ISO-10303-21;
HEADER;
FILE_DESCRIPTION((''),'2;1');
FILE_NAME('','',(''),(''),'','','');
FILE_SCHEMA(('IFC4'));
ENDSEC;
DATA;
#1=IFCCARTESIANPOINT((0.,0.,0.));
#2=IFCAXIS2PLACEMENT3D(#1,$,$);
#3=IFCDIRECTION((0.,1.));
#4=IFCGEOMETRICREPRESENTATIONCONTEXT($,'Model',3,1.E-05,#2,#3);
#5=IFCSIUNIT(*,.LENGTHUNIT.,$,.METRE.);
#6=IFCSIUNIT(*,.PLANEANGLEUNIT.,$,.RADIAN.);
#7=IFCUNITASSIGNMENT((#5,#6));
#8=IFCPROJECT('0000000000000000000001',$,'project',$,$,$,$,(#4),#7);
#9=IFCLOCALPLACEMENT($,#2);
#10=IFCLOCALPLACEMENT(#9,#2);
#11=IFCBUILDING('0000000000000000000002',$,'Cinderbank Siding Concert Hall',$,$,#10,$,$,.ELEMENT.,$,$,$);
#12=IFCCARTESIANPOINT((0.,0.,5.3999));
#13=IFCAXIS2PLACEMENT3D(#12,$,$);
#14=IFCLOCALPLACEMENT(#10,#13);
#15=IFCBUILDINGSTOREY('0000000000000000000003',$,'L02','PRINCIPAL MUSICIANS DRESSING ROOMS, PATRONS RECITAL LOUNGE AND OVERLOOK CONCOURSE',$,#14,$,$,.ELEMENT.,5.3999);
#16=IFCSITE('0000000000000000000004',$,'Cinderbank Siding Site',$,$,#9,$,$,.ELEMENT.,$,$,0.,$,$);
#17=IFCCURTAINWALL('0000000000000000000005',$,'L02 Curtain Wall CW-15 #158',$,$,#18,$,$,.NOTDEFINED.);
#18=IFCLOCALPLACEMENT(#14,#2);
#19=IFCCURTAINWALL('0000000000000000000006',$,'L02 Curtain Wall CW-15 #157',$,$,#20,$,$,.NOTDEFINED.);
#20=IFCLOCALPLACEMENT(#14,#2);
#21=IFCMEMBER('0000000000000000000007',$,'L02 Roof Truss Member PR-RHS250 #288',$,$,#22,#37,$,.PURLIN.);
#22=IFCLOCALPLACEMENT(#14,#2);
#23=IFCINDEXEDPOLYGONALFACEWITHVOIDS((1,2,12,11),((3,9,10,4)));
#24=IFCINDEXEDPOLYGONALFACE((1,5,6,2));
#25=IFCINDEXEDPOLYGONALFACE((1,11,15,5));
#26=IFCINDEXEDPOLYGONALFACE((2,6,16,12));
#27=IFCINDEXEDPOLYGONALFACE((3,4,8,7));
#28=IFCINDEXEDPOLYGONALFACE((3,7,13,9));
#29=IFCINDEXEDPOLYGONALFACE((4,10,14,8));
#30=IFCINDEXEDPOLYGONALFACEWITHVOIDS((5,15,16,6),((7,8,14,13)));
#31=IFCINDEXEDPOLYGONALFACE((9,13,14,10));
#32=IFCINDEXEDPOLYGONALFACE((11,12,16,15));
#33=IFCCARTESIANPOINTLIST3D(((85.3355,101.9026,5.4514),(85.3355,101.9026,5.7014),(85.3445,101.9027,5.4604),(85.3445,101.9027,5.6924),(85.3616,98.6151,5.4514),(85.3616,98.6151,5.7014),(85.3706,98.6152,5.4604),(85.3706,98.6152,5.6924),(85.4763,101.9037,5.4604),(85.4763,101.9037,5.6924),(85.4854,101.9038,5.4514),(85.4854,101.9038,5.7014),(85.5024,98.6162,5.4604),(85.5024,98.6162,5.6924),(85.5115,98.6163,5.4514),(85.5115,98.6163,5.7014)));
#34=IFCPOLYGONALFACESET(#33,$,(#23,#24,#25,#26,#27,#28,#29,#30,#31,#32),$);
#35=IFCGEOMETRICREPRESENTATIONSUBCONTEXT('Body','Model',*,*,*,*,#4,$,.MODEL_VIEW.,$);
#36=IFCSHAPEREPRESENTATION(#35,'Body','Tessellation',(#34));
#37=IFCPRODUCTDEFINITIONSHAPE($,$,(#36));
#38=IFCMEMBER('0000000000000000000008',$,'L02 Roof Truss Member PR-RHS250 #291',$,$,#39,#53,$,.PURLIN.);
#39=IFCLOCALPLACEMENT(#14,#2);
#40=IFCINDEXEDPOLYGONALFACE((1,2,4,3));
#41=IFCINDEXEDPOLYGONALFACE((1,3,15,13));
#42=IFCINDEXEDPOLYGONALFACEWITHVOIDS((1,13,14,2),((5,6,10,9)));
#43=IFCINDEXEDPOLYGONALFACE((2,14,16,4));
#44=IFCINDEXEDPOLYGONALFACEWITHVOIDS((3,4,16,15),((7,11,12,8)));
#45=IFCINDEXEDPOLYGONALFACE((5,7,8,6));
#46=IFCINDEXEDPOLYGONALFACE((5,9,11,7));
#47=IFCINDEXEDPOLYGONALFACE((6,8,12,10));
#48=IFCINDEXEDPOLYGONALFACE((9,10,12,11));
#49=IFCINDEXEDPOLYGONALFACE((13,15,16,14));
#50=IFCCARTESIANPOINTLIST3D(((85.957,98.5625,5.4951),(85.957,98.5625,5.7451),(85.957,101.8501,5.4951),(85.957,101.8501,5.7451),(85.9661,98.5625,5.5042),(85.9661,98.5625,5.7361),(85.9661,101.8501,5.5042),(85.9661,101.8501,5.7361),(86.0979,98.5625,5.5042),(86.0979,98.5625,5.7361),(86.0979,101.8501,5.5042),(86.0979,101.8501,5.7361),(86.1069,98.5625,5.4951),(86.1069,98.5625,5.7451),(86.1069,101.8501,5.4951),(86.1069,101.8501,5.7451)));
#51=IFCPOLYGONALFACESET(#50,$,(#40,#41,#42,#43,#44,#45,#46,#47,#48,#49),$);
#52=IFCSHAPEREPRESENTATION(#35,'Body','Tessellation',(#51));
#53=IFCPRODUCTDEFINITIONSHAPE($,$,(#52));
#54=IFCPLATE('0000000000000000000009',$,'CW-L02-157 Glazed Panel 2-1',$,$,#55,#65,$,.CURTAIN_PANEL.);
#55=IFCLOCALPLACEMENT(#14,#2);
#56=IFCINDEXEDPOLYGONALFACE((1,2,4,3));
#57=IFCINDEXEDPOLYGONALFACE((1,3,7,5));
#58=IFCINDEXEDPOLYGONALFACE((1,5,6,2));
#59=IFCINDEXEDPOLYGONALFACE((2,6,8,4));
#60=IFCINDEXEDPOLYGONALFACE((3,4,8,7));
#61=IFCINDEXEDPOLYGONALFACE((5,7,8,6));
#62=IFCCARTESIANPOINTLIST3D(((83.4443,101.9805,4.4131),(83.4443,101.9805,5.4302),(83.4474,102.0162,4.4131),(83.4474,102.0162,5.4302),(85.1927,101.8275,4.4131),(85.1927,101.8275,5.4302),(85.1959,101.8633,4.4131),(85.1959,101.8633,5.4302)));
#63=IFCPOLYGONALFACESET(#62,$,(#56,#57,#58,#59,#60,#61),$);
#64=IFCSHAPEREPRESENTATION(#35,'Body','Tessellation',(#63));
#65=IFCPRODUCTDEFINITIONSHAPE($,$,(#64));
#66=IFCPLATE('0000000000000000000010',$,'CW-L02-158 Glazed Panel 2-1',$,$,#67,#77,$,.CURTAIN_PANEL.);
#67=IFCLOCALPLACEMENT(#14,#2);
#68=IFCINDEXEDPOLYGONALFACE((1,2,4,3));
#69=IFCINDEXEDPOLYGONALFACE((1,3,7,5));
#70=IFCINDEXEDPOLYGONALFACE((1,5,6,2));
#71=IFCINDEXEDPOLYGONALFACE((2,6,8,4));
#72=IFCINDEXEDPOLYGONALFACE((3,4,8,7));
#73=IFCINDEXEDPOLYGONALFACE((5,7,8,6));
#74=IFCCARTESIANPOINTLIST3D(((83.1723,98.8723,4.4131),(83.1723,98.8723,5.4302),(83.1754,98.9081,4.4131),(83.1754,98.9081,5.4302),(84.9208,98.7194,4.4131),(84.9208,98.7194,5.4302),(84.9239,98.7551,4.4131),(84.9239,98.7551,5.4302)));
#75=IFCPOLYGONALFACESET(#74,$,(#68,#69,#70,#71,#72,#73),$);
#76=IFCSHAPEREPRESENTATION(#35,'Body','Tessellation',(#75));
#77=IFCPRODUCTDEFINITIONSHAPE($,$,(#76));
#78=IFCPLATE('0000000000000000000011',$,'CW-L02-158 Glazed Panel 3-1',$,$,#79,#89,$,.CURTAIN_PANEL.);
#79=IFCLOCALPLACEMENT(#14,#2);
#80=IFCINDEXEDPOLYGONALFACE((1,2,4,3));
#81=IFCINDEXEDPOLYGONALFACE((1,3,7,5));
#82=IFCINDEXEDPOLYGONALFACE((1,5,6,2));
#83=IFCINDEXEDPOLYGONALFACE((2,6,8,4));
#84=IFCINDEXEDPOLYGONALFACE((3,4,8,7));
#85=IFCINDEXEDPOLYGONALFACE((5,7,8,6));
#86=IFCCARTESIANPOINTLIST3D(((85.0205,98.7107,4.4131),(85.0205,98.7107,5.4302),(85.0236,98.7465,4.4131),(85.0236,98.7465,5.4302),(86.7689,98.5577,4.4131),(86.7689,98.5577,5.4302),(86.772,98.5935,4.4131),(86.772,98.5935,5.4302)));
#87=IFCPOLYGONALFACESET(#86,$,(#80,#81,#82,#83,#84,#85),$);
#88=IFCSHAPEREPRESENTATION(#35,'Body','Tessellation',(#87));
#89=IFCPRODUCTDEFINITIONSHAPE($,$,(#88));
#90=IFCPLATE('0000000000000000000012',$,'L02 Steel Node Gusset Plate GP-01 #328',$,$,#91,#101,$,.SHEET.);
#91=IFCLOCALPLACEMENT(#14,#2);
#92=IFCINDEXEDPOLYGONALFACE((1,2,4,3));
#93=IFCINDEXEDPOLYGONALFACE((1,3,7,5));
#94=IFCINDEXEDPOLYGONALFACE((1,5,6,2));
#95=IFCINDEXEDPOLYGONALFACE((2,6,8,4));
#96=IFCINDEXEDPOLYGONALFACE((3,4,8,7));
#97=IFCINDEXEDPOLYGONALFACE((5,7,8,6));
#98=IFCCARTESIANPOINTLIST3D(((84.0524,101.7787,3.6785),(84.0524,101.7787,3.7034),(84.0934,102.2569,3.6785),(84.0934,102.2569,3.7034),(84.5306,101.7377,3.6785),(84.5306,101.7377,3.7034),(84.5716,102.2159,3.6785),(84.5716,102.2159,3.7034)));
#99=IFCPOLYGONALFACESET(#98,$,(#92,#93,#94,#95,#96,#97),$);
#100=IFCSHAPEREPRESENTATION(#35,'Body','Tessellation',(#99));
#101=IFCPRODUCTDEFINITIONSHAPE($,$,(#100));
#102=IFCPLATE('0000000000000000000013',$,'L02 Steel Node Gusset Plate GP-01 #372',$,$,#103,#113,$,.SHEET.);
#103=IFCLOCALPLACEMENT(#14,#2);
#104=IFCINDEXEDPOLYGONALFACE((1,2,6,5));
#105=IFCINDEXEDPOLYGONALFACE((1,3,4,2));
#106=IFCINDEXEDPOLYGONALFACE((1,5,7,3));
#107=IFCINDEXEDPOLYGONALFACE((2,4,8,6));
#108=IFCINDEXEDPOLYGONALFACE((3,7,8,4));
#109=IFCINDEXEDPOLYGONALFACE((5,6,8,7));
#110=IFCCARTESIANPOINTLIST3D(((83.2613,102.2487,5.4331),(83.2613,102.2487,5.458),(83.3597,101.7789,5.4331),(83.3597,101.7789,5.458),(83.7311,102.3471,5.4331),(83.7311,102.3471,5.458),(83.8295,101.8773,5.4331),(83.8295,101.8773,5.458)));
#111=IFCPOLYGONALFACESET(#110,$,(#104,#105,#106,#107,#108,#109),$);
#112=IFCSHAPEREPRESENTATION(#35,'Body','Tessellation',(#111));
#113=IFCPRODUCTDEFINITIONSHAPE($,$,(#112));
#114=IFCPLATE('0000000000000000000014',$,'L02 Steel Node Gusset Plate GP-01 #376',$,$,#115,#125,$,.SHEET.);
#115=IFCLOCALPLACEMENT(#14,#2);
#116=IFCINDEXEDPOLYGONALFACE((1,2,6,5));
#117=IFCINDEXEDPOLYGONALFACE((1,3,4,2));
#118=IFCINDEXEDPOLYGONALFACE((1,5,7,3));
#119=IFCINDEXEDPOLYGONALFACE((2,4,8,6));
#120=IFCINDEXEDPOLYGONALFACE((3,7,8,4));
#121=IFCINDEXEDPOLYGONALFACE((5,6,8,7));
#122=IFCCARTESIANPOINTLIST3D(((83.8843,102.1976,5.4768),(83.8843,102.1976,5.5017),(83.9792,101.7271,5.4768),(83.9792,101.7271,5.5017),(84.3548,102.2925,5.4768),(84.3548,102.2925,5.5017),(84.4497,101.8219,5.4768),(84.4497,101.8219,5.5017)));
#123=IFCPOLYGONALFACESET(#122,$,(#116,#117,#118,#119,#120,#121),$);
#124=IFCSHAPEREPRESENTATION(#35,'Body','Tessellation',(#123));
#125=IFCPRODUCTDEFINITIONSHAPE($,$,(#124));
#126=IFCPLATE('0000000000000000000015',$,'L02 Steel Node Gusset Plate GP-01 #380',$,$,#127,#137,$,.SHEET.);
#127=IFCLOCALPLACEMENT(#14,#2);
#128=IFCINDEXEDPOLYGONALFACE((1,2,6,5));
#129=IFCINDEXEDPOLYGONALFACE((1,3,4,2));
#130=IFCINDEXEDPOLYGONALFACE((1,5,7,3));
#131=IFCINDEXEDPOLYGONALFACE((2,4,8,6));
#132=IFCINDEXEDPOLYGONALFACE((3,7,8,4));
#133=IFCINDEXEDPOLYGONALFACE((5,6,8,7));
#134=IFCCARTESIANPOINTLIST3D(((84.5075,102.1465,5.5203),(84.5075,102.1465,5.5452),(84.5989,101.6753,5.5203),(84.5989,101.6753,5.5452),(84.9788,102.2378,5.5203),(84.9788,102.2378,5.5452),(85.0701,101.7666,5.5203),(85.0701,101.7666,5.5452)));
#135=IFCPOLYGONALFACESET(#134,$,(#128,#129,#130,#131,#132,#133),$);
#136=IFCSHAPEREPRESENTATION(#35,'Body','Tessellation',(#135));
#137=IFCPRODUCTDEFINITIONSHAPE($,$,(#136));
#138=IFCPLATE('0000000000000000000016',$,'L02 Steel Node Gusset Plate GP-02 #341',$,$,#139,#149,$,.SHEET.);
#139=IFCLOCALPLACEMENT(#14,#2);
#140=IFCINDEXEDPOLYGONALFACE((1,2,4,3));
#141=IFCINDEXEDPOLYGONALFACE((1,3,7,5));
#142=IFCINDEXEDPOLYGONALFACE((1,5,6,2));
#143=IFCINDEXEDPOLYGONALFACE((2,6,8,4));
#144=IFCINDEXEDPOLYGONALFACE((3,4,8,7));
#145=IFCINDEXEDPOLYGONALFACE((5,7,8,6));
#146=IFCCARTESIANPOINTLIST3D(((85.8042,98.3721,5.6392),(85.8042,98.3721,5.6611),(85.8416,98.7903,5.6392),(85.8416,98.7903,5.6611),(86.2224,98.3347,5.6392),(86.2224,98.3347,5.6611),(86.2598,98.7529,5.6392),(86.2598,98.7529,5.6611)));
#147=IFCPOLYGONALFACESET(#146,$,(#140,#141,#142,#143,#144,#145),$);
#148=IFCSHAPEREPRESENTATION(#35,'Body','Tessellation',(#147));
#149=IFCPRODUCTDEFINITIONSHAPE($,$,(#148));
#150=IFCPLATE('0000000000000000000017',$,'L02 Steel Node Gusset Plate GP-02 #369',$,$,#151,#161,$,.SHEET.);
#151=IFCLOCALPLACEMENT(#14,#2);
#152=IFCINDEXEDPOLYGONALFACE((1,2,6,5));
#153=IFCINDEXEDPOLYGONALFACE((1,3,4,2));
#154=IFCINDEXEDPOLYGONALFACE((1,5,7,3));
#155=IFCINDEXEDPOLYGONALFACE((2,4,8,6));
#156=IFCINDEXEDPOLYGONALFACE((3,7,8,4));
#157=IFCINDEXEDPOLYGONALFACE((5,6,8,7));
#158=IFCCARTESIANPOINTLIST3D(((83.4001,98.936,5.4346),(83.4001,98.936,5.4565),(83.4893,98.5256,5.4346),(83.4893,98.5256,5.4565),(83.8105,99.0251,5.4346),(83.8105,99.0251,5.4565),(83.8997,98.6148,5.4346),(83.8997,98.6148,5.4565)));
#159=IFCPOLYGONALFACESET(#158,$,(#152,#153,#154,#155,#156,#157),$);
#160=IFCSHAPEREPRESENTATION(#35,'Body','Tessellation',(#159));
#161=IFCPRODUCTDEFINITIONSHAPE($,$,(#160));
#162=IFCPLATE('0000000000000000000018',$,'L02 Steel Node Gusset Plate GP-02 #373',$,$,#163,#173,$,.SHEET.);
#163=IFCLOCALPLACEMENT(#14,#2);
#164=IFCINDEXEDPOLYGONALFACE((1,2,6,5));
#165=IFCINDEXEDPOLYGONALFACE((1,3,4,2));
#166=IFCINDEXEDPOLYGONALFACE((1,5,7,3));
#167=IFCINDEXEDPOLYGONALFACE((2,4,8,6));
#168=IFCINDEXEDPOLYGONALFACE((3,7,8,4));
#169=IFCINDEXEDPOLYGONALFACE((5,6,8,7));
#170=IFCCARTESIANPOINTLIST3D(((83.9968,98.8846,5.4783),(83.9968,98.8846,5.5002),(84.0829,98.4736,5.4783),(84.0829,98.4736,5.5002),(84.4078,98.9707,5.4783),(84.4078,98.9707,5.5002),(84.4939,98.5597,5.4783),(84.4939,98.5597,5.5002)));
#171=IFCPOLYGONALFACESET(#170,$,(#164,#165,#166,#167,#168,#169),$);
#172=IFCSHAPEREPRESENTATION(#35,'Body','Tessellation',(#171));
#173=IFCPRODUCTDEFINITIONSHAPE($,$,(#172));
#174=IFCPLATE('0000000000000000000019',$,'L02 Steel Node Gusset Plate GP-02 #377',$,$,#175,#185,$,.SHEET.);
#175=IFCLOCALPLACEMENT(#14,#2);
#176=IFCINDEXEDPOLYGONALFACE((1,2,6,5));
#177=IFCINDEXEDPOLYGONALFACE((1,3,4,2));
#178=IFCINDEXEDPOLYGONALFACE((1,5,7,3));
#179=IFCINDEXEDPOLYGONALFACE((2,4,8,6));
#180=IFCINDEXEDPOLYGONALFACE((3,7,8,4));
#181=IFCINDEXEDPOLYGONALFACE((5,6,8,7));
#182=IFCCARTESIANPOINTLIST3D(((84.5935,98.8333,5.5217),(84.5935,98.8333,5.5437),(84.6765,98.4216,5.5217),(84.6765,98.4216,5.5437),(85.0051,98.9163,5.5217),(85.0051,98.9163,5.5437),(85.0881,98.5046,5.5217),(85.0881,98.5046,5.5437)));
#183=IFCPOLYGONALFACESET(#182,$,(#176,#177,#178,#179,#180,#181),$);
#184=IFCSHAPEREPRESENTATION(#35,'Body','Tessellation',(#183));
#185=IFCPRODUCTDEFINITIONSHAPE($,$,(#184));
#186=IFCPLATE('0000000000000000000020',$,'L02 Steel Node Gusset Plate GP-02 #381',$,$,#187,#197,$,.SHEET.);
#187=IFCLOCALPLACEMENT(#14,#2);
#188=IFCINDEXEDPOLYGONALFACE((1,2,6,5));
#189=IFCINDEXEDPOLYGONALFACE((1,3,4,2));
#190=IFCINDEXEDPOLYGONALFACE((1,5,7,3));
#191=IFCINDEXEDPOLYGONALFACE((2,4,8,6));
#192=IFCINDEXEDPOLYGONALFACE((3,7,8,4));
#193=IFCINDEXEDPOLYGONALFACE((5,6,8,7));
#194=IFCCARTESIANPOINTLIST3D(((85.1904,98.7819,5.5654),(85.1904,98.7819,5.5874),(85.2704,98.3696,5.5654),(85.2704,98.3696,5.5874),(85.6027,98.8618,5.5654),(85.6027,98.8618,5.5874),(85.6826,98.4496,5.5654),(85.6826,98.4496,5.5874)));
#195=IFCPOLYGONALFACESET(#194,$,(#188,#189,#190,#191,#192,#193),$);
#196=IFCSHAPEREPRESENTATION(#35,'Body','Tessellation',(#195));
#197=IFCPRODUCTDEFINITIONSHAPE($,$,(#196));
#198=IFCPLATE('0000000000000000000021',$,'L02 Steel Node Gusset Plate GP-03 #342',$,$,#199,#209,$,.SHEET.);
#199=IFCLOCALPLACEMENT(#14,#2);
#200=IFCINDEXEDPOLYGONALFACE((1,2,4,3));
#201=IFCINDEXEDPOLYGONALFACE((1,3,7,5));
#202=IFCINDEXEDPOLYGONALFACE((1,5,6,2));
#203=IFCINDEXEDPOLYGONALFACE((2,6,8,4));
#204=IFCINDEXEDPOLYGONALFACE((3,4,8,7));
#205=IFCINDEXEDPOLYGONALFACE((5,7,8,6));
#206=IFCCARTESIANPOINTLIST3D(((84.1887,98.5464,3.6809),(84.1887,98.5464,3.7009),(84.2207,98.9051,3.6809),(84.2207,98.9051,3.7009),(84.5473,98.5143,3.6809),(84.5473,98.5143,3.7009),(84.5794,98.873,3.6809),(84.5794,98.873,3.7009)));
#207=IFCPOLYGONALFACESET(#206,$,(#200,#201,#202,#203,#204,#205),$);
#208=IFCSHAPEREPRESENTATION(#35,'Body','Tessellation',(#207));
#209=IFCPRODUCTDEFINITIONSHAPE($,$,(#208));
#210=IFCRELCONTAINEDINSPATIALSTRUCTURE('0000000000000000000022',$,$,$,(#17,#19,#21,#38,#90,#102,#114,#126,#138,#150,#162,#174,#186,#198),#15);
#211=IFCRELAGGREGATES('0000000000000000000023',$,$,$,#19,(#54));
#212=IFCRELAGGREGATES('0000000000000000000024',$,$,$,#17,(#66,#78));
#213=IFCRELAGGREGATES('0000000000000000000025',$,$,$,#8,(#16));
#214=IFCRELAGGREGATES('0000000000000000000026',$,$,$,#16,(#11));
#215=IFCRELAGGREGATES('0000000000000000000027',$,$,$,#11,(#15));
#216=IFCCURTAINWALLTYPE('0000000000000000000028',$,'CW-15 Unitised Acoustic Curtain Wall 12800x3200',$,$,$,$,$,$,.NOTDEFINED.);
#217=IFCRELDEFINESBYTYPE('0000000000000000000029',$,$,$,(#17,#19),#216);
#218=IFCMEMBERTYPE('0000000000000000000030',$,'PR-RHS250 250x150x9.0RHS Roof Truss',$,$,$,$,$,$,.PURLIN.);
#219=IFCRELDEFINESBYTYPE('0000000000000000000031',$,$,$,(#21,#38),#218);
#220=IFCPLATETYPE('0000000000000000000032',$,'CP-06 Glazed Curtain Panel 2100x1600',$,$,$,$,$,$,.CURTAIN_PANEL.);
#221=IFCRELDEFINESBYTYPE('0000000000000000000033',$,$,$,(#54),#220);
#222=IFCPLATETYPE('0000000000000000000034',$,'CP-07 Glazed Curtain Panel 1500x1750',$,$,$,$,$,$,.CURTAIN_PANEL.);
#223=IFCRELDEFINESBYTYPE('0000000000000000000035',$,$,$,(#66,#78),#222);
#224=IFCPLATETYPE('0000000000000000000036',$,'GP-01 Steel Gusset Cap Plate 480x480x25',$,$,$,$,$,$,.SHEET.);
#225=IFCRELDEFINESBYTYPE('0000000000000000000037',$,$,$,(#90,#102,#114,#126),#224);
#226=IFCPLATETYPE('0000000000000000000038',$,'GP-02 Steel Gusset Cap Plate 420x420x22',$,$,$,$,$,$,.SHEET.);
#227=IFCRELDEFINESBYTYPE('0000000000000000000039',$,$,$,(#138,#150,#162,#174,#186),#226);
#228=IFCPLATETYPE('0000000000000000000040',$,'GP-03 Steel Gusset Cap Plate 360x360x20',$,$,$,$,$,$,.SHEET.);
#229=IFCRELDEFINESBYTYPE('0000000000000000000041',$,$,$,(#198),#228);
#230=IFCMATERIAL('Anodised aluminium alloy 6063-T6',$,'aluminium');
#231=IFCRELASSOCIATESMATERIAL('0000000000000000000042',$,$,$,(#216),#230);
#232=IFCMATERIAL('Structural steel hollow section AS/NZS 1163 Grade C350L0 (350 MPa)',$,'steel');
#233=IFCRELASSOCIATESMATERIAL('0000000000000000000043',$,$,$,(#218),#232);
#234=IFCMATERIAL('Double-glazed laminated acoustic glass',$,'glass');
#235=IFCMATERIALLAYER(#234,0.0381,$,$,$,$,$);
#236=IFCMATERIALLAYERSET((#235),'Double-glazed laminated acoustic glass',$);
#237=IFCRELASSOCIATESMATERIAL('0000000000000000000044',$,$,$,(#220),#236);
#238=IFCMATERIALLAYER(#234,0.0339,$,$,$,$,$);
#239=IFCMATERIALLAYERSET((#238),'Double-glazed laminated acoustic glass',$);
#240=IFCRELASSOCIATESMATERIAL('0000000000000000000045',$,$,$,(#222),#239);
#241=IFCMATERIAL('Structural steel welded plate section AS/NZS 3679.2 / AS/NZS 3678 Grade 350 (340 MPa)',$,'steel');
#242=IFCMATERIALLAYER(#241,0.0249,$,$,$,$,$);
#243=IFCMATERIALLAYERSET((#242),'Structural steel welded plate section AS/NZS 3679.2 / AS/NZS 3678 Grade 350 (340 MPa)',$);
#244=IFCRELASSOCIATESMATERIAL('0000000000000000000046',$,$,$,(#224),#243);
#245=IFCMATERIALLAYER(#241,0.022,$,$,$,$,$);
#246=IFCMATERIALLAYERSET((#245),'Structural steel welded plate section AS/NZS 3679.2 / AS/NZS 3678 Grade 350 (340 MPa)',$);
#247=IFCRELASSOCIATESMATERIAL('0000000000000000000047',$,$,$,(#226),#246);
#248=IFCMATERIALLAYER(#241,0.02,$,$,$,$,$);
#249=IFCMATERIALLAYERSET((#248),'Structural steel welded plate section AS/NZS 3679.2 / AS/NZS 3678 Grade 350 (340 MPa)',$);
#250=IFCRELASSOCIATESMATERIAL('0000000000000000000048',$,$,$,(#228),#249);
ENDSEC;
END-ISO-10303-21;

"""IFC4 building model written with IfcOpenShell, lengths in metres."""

from ifc_helpers import new_model, si_unit, direction, frame, origin, origin_2d, place, context, subcontext, project, spatial, rectangle, hollow_rectangle, extrude, material, layer, layer_set, material_profile, profile_set, type_object, element, aggregate, save


model = new_model("IFC4")

# Units and contexts
model_context = context("Model", 3, precision=1e-05, world=origin(), true_north=direction((0.0, 1.0)))
body_context = subcontext(model_context, "Body", "Model", "MODEL_VIEW")
ifc_project = project(units=[si_unit("LENGTHUNIT", "METRE"), si_unit("PLANEANGLEUNIT", "RADIAN")], contexts=[model_context])

# Site, building, storey
site_placement = place(None, origin())
site = spatial("IfcSite", under=ifc_project, at=site_placement, Name="Cinderbank Siding Site", CompositionType="ELEMENT", RefElevation=0.0)
building_placement = place(site_placement, origin())
building = spatial("IfcBuilding", under=site, at=building_placement, Name="Cinderbank Siding Concert Hall", CompositionType="ELEMENT")
storey_placement = place(building_placement, frame((0.0, 0.0, 5.3999)))
storey = spatial("IfcBuildingStorey", under=building, at=storey_placement, Name="L02", Description="PRINCIPAL MUSICIANS DRESSING ROOMS, PATRONS RECITAL LOUNGE AND OVERLOOK CONCOURSE", CompositionType="ELEMENT", Elevation=5.3999)

# Shared definitions
ifc_material_1 = material(Name="Structural steel hollow section AS/NZS 1163 Grade C350L0 (350 MPa)", Category="steel")

# Curtain walls
ifc_material_2 = material(Name="Anodised aluminium alloy 6063-T6", Category="aluminium")
curtain_wall_type = type_object("IfcCurtainWallType", Name="CW-15 Unitised Acoustic Curtain Wall 12800x3200", PredefinedType="NOTDEFINED", material=ifc_material_2)
curtain_wall_1_placement = place(storey_placement, origin())
curtain_wall_1 = element("IfcCurtainWall", 1, at=curtain_wall_1_placement, inside=storey, type_object=curtain_wall_type, Name="L02 Curtain Wall CW-15 #158", PredefinedType="NOTDEFINED")
curtain_wall_2_placement = place(storey_placement, origin())
curtain_wall_2 = element("IfcCurtainWall", 2, at=curtain_wall_2_placement, inside=storey, type_object=curtain_wall_type, Name="L02 Curtain Wall CW-15 #157", PredefinedType="NOTDEFINED")

# Members
ifc_material_profile_1 = material_profile(ifc_material_1, hollow_rectangle(XDim=0.1499, YDim=0.25, WallThickness=0.009, at=origin_2d()), Name="250x150x9.0RHS", Category="LoadBearing")
ifc_profile_set_1 = profile_set([ifc_material_profile_1], Name="Structural steel hollow section AS/NZS 1163 Grade C350L0 (350 MPa)")
member_type_1 = type_object("IfcMemberType", Name="PR-RHS250 250x150x9.0RHS Roof Truss", PredefinedType="PURLIN", material=ifc_profile_set_1)
for number, where, z_axis, x_axis, name in (
    (3, (85.4365, 98.6157, 5.5764), (-0.007946, 0.999968, 0.0), (-0.999968, -0.007946, 0.0), "L02 Roof Truss Member PR-RHS250 #288"),
    (4, (86.032, 98.5625, 5.6201), (0.0, 1.0, 0.0), (-1.0, 0.0, 0.0), "L02 Roof Truss Member PR-RHS250 #291"),
):
    element("IfcMember", number, at=place(storey_placement, frame(where, z_axis=z_axis, x_axis=x_axis)), inside=storey, type_object=member_type_1, Name=name, PredefinedType="PURLIN", context=body_context, shape_type="SweptSolid", body=[
        extrude(hollow_rectangle(XDim=0.1499, YDim=0.25, WallThickness=0.009, at=origin_2d()), origin(), (0.0, 0.0, 1.0), 3.2876),
    ])

# Plates
ifc_material_3 = material(Name="Double-glazed laminated acoustic glass", Category="glass")
ifc_layer_1 = layer(ifc_material_3, 0.0381)
ifc_layer_set_1 = layer_set([ifc_layer_1], Name="Double-glazed laminated acoustic glass")
plate_type_1 = type_object("IfcPlateType", Name="CP-06 Glazed Curtain Panel 2100x1600", PredefinedType="CURTAIN_PANEL", material=ifc_layer_set_1)
plate_1_placement = place(storey_placement, frame((84.3201, 101.9219, 4.4131), z_axis=(0.0, 0.0, 1.0), x_axis=(0.996195, -0.087157, 0.0)))
plate_1 = element("IfcPlate", 5, at=plate_1_placement, type_object=plate_type_1, Name="CW-L02-157 Glazed Panel 2-1", PredefinedType="CURTAIN_PANEL", context=body_context, shape_type="SweptSolid", body=[
    extrude(rectangle(XDim=1.7551, YDim=0.0359, at=origin_2d()), origin(), (0.0, 0.0, 1.0), 1.0171),
])
aggregate(curtain_wall_2, [plate_1])
ifc_layer_2 = layer(ifc_material_3, 0.0339)
ifc_layer_set_2 = layer_set([ifc_layer_2], Name="Double-glazed laminated acoustic glass")
plate_type_2 = type_object("IfcPlateType", Name="CP-07 Glazed Curtain Panel 1500x1750", PredefinedType="CURTAIN_PANEL", material=ifc_layer_set_2)
plate_2_placement = place(storey_placement, frame((84.0481, 98.8137, 4.4131), z_axis=(0.0, 0.0, 1.0), x_axis=(0.996195, -0.087157, 0.0)))
plate_2 = element("IfcPlate", 6, at=plate_2_placement, type_object=plate_type_2, Name="CW-L02-158 Glazed Panel 2-1", PredefinedType="CURTAIN_PANEL", context=body_context, shape_type="SweptSolid", body=[
    extrude(rectangle(XDim=1.7551, YDim=0.0359, at=origin_2d()), origin(), (0.0, 0.0, 1.0), 1.0171),
])
plate_3_placement = place(storey_placement, frame((85.8962, 98.6521, 4.4131), z_axis=(0.0, 0.0, 1.0), x_axis=(0.996195, -0.087157, 0.0)))
plate_3 = element("IfcPlate", 7, at=plate_3_placement, type_object=plate_type_2, Name="CW-L02-158 Glazed Panel 3-1", PredefinedType="CURTAIN_PANEL", context=body_context, shape_type="SweptSolid", body=[
    extrude(rectangle(XDim=1.7551, YDim=0.0359, at=origin_2d()), origin(), (0.0, 0.0, 1.0), 1.0171),
])
aggregate(curtain_wall_1, [plate_2, plate_3])

# Plates
ifc_material_4 = material(Name="Structural steel welded plate section AS/NZS 3679.2 / AS/NZS 3678 Grade 350 (340 MPa)", Category="steel")
ifc_layer_3 = layer(ifc_material_4, 0.0249)
ifc_layer_set_3 = layer_set([ifc_layer_3], Name="Structural steel welded plate section AS/NZS 3679.2 / AS/NZS 3678 Grade 350 (340 MPa)")
plate_type_3 = type_object("IfcPlateType", Name="GP-01 Steel Gusset Cap Plate 480x480x25", PredefinedType="SHEET", material=ifc_layer_set_3)
for number, where, z_axis, x_axis, name in (
    (8, (84.312, 101.9973, 3.6785), (0.0, 0.0, 1.0), (0.996345, -0.085417, 0.0), "L02 Steel Node Gusset Plate GP-01 #328"),
    (9, (83.5454, 102.063, 5.4331), (0.0, 0.0, 1.0), (0.205009, -0.97876, 0.0), "L02 Steel Node Gusset Plate GP-01 #372"),
    (10, (84.167, 102.0098, 5.4768), (0.0, 0.0, 1.0), (0.197657, -0.980271, 0.0), "L02 Steel Node Gusset Plate GP-01 #376"),
    (11, (84.7888, 101.9565, 5.5203), (0.0, 0.0, 1.0), (0.190295, -0.981727, 0.0), "L02 Steel Node Gusset Plate GP-01 #380"),
):
    element("IfcPlate", number, at=place(storey_placement, frame(where, z_axis=z_axis, x_axis=x_axis)), inside=storey, type_object=plate_type_3, Name=name, PredefinedType="SHEET", context=body_context, shape_type="SweptSolid", body=[
        extrude(rectangle(XDim=0.48, YDim=0.48, at=origin_2d()), origin(), (0.0, 0.0, 1.0), 0.0249),
    ])
ifc_layer_4 = layer(ifc_material_4, 0.022)
ifc_layer_set_4 = layer_set([ifc_layer_4], Name="Structural steel welded plate section AS/NZS 3679.2 / AS/NZS 3678 Grade 350 (340 MPa)")
plate_type_4 = type_object("IfcPlateType", Name="GP-02 Steel Gusset Cap Plate 420x420x22", PredefinedType="SHEET", material=ifc_layer_set_4)
for number, where, z_axis, x_axis, name in (
    (12, (86.032, 98.5625, 5.6392), (0.0, 0.0, 1.0), (0.996026, -0.089068, 0.0), "L02 Steel Node Gusset Plate GP-02 #341"),
    (13, (83.6499, 98.7754, 5.4346), (0.0, 0.0, 1.0), (0.212348, -0.977194, 0.0), "L02 Steel Node Gusset Plate GP-02 #369"),
    (14, (84.2454, 98.7222, 5.4783), (0.0, 0.0, 1.0), (0.205009, -0.97876, 0.0), "L02 Steel Node Gusset Plate GP-02 #373"),
    (15, (84.8408, 98.6689, 5.5217), (0.0, 0.0, 1.0), (0.197657, -0.980271, 0.0), "L02 Steel Node Gusset Plate GP-02 #377"),
    (16, (85.4365, 98.6157, 5.5654), (0.0, 0.0, 1.0), (0.190295, -0.981727, 0.0), "L02 Steel Node Gusset Plate GP-02 #381"),
):
    element("IfcPlate", number, at=place(storey_placement, frame(where, z_axis=z_axis, x_axis=x_axis)), inside=storey, type_object=plate_type_4, Name=name, PredefinedType="SHEET", context=body_context, shape_type="SweptSolid", body=[
        extrude(rectangle(XDim=0.4199, YDim=0.4199, at=origin_2d()), origin(), (0.0, 0.0, 1.0), 0.022),
    ])
ifc_layer_5 = layer(ifc_material_4, 0.02)
ifc_layer_set_5 = layer_set([ifc_layer_5], Name="Structural steel welded plate section AS/NZS 3679.2 / AS/NZS 3678 Grade 350 (340 MPa)")
plate_type_5 = type_object("IfcPlateType", Name="GP-03 Steel Gusset Cap Plate 360x360x20", PredefinedType="SHEET", material=ifc_layer_set_5)
plate_4_placement = place(storey_placement, frame((84.384, 98.7097, 3.6809), z_axis=(0.0, 0.0, 1.0), x_axis=(0.996026, -0.089068, 0.0)))
element("IfcPlate", 17, at=plate_4_placement, inside=storey, type_object=plate_type_5, Name="L02 Steel Node Gusset Plate GP-03 #342", PredefinedType="SHEET", context=body_context, shape_type="SweptSolid", body=[
    extrude(rectangle(XDim=0.3601, YDim=0.3601, at=origin_2d()), origin(), (0.0, 0.0, 1.0), 0.02),
])

save(model, "model.ifc")
